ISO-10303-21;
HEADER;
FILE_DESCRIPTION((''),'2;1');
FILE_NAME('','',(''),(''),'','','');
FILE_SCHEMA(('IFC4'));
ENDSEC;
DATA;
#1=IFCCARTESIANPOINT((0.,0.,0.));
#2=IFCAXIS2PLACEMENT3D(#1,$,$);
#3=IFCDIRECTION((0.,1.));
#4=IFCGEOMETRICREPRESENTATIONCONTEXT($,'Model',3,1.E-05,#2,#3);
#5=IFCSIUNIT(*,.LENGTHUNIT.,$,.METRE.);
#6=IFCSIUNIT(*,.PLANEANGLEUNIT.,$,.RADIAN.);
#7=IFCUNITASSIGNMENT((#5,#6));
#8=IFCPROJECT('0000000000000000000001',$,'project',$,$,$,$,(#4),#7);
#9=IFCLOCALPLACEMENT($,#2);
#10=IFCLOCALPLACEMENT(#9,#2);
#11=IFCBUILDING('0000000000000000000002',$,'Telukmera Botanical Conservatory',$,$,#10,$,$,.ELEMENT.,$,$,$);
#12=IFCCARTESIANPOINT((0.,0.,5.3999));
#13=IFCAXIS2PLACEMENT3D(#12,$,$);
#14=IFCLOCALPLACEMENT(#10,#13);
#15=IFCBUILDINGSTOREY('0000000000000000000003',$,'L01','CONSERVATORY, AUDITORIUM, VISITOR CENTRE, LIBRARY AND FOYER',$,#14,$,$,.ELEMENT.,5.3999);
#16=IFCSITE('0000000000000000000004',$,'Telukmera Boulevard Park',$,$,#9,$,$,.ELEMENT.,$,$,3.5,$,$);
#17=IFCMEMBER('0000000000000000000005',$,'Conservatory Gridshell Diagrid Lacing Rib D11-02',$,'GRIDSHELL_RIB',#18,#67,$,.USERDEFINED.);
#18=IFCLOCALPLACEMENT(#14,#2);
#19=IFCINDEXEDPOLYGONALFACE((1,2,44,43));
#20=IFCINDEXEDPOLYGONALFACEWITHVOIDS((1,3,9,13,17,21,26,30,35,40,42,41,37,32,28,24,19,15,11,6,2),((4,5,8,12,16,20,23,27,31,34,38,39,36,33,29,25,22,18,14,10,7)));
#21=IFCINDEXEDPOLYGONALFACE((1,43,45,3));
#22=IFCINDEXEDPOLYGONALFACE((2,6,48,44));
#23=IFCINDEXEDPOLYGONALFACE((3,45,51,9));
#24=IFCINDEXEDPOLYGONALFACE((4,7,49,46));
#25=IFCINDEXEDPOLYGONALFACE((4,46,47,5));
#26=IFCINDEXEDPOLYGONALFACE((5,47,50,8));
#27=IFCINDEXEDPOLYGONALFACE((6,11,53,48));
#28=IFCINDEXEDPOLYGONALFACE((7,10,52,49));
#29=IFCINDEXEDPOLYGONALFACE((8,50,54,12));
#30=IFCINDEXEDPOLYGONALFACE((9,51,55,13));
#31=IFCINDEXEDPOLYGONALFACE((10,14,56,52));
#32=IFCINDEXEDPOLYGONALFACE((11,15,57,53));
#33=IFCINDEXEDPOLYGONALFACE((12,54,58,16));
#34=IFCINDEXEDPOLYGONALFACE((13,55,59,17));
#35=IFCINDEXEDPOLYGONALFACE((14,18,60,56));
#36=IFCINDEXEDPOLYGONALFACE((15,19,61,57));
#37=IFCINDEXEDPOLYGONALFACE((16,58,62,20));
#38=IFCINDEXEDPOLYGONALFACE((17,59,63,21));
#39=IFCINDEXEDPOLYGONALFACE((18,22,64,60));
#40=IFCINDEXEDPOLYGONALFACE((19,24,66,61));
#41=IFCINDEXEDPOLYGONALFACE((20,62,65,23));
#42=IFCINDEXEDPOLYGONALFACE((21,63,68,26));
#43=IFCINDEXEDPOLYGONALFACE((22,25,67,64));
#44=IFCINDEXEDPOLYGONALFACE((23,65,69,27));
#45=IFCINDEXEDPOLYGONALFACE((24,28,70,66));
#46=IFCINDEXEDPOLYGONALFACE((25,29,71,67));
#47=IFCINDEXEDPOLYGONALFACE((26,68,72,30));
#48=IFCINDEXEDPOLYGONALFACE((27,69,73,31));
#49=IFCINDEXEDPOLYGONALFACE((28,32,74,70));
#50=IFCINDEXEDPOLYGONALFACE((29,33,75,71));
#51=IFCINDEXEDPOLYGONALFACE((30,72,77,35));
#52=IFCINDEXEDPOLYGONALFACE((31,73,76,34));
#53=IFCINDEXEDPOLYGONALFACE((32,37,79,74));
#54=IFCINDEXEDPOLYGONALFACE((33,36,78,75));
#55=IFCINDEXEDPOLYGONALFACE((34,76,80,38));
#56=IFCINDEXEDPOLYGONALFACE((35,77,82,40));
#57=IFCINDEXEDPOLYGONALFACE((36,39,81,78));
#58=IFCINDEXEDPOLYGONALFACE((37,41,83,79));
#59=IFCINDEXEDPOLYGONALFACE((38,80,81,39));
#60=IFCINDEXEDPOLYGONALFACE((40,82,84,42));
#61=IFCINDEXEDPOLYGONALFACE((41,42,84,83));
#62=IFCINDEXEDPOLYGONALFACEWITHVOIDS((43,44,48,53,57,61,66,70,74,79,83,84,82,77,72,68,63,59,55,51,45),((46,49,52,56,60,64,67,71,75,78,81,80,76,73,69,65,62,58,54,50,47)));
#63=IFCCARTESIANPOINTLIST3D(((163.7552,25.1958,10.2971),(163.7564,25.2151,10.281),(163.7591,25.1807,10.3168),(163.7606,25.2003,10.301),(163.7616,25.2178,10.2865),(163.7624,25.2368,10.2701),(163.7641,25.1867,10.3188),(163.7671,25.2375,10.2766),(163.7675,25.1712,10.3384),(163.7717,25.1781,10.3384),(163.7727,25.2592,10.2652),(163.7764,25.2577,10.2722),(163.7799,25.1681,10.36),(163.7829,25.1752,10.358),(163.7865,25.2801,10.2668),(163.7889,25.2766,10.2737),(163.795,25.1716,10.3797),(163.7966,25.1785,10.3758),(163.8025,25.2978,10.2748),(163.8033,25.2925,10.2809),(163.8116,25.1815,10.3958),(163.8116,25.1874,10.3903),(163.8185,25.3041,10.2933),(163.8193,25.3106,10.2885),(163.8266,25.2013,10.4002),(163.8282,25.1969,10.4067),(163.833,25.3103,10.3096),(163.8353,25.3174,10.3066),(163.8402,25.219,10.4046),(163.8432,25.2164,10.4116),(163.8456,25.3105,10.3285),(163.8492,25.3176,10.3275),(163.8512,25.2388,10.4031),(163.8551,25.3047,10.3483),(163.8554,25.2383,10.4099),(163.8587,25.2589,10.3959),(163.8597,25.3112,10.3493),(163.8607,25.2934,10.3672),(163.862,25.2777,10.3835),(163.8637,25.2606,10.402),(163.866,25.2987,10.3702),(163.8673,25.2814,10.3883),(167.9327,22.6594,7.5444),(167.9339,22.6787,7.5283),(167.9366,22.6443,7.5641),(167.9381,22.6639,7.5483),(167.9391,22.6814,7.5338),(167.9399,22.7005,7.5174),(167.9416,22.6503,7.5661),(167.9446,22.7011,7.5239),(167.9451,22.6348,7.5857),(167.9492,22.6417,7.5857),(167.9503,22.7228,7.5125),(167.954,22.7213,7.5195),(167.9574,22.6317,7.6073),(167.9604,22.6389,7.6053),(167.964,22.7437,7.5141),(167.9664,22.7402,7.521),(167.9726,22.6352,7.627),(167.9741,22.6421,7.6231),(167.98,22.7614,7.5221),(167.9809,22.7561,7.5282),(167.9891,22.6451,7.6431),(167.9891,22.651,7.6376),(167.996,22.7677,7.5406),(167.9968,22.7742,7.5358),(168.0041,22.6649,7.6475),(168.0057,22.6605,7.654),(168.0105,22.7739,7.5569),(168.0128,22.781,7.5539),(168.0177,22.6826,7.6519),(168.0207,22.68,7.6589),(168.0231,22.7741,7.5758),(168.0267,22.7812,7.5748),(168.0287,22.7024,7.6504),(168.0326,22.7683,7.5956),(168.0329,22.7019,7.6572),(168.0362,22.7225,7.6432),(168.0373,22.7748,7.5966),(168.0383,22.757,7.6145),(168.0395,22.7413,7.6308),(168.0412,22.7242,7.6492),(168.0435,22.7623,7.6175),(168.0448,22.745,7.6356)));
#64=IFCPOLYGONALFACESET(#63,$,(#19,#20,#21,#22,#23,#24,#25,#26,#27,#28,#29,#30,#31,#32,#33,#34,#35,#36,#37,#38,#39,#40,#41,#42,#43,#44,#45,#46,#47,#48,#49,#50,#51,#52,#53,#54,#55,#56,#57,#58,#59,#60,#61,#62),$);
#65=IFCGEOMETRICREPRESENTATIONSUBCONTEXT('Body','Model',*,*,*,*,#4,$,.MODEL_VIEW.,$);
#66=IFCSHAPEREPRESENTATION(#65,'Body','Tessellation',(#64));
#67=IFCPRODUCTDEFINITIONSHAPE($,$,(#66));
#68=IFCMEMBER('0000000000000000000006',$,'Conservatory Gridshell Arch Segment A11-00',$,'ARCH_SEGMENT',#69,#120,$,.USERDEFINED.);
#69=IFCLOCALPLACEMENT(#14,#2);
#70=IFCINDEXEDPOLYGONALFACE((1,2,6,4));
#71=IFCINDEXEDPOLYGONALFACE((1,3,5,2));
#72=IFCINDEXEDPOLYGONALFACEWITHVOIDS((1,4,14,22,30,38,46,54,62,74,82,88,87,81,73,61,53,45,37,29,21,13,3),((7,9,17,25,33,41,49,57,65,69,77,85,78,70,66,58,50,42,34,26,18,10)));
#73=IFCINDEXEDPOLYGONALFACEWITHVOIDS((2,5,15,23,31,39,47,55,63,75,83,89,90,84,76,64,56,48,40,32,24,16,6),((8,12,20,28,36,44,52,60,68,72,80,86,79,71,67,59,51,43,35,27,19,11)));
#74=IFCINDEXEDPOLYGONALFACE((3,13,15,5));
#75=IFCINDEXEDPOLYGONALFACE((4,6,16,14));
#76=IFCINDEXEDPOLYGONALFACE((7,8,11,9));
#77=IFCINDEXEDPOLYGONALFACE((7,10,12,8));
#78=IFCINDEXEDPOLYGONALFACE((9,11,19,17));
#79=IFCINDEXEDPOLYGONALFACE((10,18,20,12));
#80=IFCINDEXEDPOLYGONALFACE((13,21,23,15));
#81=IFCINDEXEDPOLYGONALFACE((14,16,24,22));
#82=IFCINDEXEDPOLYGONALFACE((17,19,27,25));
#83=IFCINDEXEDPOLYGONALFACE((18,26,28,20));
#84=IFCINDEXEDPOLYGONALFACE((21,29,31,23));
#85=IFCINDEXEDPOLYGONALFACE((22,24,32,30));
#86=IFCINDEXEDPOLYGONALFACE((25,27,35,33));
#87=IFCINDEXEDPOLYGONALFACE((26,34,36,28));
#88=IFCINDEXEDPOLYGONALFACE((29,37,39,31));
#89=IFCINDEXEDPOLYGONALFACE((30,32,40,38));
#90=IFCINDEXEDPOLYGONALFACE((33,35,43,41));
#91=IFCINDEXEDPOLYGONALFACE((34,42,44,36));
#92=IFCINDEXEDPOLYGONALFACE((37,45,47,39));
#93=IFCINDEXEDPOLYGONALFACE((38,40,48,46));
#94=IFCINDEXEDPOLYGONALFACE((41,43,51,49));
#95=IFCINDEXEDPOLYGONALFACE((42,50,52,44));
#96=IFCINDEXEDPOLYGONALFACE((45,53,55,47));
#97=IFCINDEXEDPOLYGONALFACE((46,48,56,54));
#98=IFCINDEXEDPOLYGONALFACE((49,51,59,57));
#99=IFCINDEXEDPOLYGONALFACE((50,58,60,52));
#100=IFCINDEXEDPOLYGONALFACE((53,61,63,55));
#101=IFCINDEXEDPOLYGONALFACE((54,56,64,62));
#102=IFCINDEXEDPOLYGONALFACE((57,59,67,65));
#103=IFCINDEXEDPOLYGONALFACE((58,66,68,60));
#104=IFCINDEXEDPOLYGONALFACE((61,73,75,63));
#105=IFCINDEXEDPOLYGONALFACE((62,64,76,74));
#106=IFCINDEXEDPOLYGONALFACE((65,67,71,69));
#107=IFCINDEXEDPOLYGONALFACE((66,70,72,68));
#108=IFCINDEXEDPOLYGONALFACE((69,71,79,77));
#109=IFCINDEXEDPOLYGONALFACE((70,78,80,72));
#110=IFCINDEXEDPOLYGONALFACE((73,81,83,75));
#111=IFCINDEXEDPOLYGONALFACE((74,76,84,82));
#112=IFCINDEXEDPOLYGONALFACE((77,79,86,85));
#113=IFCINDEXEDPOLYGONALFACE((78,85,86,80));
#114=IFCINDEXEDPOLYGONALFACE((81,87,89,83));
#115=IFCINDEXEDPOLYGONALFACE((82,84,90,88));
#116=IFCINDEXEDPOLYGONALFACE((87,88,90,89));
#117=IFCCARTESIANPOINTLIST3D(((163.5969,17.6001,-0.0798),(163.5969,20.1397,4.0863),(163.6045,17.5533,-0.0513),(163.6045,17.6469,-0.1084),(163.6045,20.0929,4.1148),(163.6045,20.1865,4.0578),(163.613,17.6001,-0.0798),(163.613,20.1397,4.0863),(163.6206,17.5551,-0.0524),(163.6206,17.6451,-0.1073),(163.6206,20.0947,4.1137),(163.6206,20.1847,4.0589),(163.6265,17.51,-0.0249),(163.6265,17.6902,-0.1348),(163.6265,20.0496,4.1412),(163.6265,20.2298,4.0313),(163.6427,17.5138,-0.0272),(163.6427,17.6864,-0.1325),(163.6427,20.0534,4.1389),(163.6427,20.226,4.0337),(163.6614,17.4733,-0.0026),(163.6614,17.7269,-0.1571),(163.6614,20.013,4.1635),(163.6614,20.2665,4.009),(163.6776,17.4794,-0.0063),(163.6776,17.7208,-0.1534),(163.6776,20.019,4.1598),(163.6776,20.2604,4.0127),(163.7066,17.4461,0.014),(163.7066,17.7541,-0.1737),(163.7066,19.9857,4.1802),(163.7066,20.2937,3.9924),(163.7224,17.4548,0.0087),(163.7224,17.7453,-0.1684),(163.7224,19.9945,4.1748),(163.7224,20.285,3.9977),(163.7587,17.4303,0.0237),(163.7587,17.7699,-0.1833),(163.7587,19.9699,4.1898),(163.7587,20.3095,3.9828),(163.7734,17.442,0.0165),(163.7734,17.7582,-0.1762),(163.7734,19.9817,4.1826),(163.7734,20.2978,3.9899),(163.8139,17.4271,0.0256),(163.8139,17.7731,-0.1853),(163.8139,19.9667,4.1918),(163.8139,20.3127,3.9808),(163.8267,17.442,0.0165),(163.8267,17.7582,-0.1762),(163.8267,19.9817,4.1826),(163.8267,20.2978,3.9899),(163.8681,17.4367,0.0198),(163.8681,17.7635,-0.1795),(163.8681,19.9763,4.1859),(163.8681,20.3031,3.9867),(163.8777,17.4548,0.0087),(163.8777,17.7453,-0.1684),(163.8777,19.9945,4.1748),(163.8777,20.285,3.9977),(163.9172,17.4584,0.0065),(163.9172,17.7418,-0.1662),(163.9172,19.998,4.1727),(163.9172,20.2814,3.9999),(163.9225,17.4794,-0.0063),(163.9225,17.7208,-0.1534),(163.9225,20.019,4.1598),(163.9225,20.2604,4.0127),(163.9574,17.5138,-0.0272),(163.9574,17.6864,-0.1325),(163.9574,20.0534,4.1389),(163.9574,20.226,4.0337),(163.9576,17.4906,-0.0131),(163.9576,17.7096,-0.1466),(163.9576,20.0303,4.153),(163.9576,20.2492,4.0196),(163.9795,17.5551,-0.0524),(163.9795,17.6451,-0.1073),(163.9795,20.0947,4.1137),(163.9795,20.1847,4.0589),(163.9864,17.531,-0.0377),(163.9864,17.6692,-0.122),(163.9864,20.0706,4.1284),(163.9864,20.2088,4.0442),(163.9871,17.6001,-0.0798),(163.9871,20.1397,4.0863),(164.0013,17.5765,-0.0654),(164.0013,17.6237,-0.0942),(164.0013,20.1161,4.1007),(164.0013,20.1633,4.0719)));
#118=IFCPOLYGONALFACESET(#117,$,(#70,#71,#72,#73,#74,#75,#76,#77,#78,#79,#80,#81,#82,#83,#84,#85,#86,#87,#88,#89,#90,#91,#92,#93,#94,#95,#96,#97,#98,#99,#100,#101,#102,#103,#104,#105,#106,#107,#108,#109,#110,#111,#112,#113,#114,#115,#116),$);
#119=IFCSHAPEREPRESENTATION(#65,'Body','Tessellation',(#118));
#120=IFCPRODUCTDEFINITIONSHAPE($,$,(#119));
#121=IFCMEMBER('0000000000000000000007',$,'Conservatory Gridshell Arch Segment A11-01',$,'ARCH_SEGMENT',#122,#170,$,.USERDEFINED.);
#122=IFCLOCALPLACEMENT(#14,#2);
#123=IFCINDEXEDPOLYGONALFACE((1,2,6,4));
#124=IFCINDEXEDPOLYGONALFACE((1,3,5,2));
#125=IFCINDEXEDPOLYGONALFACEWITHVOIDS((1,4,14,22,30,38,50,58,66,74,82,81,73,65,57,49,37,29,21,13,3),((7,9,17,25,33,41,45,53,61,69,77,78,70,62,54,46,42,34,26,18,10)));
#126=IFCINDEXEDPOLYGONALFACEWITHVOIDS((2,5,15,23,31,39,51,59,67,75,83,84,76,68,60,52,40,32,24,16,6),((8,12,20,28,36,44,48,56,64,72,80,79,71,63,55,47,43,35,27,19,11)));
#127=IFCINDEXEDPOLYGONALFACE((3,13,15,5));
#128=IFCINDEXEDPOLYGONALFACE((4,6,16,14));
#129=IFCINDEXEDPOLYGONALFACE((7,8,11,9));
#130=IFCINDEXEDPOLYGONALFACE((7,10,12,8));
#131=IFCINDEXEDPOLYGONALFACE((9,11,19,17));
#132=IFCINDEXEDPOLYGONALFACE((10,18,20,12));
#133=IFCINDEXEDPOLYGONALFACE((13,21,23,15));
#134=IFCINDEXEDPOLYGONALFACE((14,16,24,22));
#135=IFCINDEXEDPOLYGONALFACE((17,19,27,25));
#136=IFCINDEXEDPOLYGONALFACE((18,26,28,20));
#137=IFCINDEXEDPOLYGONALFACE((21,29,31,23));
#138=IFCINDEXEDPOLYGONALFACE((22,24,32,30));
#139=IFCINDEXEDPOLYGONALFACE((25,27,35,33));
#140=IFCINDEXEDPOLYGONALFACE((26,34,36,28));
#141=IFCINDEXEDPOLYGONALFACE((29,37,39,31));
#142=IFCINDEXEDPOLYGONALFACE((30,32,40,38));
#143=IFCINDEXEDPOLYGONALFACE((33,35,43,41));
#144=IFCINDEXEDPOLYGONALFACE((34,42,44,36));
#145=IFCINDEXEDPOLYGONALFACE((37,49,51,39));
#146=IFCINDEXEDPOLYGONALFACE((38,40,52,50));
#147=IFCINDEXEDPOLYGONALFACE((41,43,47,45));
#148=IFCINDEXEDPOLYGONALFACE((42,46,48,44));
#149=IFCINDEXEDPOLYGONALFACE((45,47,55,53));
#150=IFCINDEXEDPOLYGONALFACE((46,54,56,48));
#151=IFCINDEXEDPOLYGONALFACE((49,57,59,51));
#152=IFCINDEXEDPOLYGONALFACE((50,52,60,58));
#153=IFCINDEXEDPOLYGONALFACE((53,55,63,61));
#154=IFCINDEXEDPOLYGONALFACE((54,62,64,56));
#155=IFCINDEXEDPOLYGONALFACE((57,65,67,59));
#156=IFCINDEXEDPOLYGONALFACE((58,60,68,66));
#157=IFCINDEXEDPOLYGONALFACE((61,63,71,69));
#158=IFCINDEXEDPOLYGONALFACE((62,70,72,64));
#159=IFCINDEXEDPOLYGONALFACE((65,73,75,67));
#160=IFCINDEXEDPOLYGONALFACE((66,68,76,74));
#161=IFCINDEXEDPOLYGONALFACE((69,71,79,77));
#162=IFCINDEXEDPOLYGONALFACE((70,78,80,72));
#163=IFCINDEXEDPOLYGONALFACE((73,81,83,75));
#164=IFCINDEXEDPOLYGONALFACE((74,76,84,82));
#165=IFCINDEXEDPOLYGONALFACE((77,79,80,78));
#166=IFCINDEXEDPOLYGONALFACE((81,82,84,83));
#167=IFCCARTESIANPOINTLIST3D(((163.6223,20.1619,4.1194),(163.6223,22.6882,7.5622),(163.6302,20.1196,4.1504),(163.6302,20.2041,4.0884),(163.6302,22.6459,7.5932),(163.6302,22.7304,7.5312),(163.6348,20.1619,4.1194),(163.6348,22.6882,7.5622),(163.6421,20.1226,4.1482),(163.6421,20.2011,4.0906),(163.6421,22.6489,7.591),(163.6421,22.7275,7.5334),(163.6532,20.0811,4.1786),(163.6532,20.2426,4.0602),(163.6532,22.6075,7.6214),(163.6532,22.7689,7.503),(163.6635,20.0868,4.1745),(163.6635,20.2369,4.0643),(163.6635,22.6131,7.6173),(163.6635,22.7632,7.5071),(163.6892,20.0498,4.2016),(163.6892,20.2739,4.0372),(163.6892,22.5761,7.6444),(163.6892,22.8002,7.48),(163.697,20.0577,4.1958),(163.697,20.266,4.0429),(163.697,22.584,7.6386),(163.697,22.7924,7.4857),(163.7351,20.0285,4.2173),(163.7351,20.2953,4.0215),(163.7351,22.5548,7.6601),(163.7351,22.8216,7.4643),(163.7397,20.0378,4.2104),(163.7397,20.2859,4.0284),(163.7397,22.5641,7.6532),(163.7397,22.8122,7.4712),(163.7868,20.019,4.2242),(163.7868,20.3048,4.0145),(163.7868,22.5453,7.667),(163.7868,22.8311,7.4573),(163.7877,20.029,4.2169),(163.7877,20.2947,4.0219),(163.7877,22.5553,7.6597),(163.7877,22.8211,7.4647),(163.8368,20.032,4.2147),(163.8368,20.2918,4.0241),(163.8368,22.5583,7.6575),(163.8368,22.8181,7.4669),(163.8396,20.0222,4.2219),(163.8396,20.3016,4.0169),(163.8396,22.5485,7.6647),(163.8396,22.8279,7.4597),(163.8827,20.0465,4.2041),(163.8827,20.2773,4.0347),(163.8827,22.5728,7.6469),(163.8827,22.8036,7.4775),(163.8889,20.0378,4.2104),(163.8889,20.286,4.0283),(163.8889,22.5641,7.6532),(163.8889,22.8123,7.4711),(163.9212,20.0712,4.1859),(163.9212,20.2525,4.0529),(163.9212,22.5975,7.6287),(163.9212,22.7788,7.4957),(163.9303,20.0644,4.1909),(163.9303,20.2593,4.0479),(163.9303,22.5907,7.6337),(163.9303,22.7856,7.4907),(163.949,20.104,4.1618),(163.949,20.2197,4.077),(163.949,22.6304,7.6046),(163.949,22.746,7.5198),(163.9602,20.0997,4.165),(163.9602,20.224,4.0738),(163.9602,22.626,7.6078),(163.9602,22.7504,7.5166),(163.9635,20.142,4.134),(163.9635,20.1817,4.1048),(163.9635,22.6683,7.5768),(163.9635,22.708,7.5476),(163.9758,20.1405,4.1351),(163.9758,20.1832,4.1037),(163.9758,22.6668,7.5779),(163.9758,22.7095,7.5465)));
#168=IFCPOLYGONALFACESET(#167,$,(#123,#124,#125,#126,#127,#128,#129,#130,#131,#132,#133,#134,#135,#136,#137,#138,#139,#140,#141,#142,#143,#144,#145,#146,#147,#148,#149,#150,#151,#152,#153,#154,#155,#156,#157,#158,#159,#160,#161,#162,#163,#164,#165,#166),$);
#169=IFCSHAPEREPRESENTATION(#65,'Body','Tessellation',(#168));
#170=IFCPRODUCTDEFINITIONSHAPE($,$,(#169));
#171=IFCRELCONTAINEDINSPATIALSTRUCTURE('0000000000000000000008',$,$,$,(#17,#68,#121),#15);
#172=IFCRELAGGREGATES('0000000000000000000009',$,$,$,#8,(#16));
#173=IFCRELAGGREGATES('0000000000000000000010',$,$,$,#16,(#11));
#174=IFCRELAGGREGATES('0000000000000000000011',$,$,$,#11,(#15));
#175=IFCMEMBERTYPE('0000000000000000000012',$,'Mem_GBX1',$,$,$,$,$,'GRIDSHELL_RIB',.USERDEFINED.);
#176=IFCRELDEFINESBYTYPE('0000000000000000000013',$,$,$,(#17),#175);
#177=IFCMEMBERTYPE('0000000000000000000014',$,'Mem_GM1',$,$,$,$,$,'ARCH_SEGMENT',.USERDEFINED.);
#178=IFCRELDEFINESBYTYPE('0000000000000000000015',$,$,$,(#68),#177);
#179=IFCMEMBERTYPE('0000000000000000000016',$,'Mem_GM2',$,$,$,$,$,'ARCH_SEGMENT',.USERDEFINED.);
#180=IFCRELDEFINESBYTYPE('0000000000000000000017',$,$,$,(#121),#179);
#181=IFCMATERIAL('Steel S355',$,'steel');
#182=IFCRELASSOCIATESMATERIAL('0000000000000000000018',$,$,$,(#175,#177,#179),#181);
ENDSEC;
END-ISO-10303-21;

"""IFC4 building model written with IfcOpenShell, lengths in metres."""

from ifc_helpers import new_model, si_unit, direction, frame, origin, origin_2d, place, context, subcontext, project, spatial, hollow_circle, extrude, material, material_profile, profile_set, type_object, element, save


model = new_model("IFC4")

# Units and contexts
model_context = context("Model", 3, precision=1e-05, world=origin(), true_north=direction((0.0, 1.0)))
body_context = subcontext(model_context, "Body", "Model", "MODEL_VIEW")
ifc_project = project(units=[si_unit("LENGTHUNIT", "METRE"), si_unit("PLANEANGLEUNIT", "RADIAN")], contexts=[model_context])

# Site, building, storey
site_placement = place(None, origin())
site = spatial("IfcSite", under=ifc_project, at=site_placement, Name="Telukmera Boulevard Park", CompositionType="ELEMENT", RefElevation=3.5)
building_placement = place(site_placement, origin())
building = spatial("IfcBuilding", under=site, at=building_placement, Name="Telukmera Botanical Conservatory", CompositionType="ELEMENT")
storey_placement = place(building_placement, frame((0.0, 0.0, 5.3999)))
storey = spatial("IfcBuildingStorey", under=building, at=storey_placement, Name="L01", Description="CONSERVATORY, AUDITORIUM, VISITOR CENTRE, LIBRARY AND FOYER", CompositionType="ELEMENT", Elevation=5.3999)

# Shared definitions
ifc_material_1 = material(Name="Steel S355", Category="steel")

# Members
ifc_material_profile_1 = material_profile(ifc_material_1, hollow_circle(Radius=0.0842, WallThickness=0.0081, at=origin_2d()), Name="CHS 168.3x8.0")
ifc_profile_set_1 = profile_set([ifc_material_profile_1], Name="Steel S355")
member_type_1 = type_object("IfcMemberType", Name="Mem_GBX1", ElementType="GRIDSHELL_RIB", PredefinedType="USERDEFINED", material=ifc_profile_set_1)
member_1_placement = place(storey_placement, frame((167.9888, 22.7068, 7.5857), z_axis=(-0.744771, 0.45219, 0.490754), x_axis=(-0.518985, -0.854784, 0.0)))
element("IfcMember", 1, at=member_1_placement, inside=storey, type_object=member_type_1, Name="Conservatory Gridshell Diagrid Lacing Rib D11-02", ObjectType="GRIDSHELL_RIB", PredefinedType="USERDEFINED", context=body_context, shape_type="SweptSolid", body=[
    extrude(hollow_circle(Radius=0.0842, WallThickness=0.0081, at=origin_2d()), origin(), (0.0, 0.0, 1.0), 5.6091),
])
ifc_material_profile_2 = material_profile(ifc_material_1, hollow_circle(Radius=0.2031, WallThickness=0.0161, at=origin_2d()), Name="CHS 406.4x16.0")
ifc_profile_set_2 = profile_set([ifc_material_profile_2], Name="Steel S355")
member_type_2 = type_object("IfcMemberType", Name="Mem_GM1", ElementType="ARCH_SEGMENT", PredefinedType="USERDEFINED", material=ifc_profile_set_2)
member_2_placement = place(storey_placement, frame((163.8, 17.6001, -0.0798), z_axis=(0.0, 0.520502, 0.85386), x_axis=(-1.0, 0.0, 0.0)))
element("IfcMember", 2, at=member_2_placement, inside=storey, type_object=member_type_2, Name="Conservatory Gridshell Arch Segment A11-00", ObjectType="ARCH_SEGMENT", PredefinedType="USERDEFINED", context=body_context, shape_type="SweptSolid", body=[
    extrude(hollow_circle(Radius=0.2031, WallThickness=0.0161, at=origin_2d()), origin(), (0.0, 0.0, 1.0), 4.8792),
])
ifc_material_profile_3 = material_profile(ifc_material_1, hollow_circle(Radius=0.1777, WallThickness=0.0125, at=origin_2d()), Name="CHS 355.6x12.5")
ifc_profile_set_3 = profile_set([ifc_material_profile_3], Name="Steel S355")
member_type_3 = type_object("IfcMemberType", Name="Mem_GM2", ElementType="ARCH_SEGMENT", PredefinedType="USERDEFINED", material=ifc_profile_set_3)
member_3_placement = place(storey_placement, frame((163.8, 20.1619, 4.1194), z_axis=(0.0, 0.591607, 0.806227), x_axis=(-1.0, 0.0, 0.0)))
element("IfcMember", 3, at=member_3_placement, inside=storey, type_object=member_type_3, Name="Conservatory Gridshell Arch Segment A11-01", ObjectType="ARCH_SEGMENT", PredefinedType="USERDEFINED", context=body_context, shape_type="SweptSolid", body=[
    extrude(hollow_circle(Radius=0.1777, WallThickness=0.0125, at=origin_2d()), origin(), (0.0, 0.0, 1.0), 4.2703),
])

save(model, "model.ifc")
